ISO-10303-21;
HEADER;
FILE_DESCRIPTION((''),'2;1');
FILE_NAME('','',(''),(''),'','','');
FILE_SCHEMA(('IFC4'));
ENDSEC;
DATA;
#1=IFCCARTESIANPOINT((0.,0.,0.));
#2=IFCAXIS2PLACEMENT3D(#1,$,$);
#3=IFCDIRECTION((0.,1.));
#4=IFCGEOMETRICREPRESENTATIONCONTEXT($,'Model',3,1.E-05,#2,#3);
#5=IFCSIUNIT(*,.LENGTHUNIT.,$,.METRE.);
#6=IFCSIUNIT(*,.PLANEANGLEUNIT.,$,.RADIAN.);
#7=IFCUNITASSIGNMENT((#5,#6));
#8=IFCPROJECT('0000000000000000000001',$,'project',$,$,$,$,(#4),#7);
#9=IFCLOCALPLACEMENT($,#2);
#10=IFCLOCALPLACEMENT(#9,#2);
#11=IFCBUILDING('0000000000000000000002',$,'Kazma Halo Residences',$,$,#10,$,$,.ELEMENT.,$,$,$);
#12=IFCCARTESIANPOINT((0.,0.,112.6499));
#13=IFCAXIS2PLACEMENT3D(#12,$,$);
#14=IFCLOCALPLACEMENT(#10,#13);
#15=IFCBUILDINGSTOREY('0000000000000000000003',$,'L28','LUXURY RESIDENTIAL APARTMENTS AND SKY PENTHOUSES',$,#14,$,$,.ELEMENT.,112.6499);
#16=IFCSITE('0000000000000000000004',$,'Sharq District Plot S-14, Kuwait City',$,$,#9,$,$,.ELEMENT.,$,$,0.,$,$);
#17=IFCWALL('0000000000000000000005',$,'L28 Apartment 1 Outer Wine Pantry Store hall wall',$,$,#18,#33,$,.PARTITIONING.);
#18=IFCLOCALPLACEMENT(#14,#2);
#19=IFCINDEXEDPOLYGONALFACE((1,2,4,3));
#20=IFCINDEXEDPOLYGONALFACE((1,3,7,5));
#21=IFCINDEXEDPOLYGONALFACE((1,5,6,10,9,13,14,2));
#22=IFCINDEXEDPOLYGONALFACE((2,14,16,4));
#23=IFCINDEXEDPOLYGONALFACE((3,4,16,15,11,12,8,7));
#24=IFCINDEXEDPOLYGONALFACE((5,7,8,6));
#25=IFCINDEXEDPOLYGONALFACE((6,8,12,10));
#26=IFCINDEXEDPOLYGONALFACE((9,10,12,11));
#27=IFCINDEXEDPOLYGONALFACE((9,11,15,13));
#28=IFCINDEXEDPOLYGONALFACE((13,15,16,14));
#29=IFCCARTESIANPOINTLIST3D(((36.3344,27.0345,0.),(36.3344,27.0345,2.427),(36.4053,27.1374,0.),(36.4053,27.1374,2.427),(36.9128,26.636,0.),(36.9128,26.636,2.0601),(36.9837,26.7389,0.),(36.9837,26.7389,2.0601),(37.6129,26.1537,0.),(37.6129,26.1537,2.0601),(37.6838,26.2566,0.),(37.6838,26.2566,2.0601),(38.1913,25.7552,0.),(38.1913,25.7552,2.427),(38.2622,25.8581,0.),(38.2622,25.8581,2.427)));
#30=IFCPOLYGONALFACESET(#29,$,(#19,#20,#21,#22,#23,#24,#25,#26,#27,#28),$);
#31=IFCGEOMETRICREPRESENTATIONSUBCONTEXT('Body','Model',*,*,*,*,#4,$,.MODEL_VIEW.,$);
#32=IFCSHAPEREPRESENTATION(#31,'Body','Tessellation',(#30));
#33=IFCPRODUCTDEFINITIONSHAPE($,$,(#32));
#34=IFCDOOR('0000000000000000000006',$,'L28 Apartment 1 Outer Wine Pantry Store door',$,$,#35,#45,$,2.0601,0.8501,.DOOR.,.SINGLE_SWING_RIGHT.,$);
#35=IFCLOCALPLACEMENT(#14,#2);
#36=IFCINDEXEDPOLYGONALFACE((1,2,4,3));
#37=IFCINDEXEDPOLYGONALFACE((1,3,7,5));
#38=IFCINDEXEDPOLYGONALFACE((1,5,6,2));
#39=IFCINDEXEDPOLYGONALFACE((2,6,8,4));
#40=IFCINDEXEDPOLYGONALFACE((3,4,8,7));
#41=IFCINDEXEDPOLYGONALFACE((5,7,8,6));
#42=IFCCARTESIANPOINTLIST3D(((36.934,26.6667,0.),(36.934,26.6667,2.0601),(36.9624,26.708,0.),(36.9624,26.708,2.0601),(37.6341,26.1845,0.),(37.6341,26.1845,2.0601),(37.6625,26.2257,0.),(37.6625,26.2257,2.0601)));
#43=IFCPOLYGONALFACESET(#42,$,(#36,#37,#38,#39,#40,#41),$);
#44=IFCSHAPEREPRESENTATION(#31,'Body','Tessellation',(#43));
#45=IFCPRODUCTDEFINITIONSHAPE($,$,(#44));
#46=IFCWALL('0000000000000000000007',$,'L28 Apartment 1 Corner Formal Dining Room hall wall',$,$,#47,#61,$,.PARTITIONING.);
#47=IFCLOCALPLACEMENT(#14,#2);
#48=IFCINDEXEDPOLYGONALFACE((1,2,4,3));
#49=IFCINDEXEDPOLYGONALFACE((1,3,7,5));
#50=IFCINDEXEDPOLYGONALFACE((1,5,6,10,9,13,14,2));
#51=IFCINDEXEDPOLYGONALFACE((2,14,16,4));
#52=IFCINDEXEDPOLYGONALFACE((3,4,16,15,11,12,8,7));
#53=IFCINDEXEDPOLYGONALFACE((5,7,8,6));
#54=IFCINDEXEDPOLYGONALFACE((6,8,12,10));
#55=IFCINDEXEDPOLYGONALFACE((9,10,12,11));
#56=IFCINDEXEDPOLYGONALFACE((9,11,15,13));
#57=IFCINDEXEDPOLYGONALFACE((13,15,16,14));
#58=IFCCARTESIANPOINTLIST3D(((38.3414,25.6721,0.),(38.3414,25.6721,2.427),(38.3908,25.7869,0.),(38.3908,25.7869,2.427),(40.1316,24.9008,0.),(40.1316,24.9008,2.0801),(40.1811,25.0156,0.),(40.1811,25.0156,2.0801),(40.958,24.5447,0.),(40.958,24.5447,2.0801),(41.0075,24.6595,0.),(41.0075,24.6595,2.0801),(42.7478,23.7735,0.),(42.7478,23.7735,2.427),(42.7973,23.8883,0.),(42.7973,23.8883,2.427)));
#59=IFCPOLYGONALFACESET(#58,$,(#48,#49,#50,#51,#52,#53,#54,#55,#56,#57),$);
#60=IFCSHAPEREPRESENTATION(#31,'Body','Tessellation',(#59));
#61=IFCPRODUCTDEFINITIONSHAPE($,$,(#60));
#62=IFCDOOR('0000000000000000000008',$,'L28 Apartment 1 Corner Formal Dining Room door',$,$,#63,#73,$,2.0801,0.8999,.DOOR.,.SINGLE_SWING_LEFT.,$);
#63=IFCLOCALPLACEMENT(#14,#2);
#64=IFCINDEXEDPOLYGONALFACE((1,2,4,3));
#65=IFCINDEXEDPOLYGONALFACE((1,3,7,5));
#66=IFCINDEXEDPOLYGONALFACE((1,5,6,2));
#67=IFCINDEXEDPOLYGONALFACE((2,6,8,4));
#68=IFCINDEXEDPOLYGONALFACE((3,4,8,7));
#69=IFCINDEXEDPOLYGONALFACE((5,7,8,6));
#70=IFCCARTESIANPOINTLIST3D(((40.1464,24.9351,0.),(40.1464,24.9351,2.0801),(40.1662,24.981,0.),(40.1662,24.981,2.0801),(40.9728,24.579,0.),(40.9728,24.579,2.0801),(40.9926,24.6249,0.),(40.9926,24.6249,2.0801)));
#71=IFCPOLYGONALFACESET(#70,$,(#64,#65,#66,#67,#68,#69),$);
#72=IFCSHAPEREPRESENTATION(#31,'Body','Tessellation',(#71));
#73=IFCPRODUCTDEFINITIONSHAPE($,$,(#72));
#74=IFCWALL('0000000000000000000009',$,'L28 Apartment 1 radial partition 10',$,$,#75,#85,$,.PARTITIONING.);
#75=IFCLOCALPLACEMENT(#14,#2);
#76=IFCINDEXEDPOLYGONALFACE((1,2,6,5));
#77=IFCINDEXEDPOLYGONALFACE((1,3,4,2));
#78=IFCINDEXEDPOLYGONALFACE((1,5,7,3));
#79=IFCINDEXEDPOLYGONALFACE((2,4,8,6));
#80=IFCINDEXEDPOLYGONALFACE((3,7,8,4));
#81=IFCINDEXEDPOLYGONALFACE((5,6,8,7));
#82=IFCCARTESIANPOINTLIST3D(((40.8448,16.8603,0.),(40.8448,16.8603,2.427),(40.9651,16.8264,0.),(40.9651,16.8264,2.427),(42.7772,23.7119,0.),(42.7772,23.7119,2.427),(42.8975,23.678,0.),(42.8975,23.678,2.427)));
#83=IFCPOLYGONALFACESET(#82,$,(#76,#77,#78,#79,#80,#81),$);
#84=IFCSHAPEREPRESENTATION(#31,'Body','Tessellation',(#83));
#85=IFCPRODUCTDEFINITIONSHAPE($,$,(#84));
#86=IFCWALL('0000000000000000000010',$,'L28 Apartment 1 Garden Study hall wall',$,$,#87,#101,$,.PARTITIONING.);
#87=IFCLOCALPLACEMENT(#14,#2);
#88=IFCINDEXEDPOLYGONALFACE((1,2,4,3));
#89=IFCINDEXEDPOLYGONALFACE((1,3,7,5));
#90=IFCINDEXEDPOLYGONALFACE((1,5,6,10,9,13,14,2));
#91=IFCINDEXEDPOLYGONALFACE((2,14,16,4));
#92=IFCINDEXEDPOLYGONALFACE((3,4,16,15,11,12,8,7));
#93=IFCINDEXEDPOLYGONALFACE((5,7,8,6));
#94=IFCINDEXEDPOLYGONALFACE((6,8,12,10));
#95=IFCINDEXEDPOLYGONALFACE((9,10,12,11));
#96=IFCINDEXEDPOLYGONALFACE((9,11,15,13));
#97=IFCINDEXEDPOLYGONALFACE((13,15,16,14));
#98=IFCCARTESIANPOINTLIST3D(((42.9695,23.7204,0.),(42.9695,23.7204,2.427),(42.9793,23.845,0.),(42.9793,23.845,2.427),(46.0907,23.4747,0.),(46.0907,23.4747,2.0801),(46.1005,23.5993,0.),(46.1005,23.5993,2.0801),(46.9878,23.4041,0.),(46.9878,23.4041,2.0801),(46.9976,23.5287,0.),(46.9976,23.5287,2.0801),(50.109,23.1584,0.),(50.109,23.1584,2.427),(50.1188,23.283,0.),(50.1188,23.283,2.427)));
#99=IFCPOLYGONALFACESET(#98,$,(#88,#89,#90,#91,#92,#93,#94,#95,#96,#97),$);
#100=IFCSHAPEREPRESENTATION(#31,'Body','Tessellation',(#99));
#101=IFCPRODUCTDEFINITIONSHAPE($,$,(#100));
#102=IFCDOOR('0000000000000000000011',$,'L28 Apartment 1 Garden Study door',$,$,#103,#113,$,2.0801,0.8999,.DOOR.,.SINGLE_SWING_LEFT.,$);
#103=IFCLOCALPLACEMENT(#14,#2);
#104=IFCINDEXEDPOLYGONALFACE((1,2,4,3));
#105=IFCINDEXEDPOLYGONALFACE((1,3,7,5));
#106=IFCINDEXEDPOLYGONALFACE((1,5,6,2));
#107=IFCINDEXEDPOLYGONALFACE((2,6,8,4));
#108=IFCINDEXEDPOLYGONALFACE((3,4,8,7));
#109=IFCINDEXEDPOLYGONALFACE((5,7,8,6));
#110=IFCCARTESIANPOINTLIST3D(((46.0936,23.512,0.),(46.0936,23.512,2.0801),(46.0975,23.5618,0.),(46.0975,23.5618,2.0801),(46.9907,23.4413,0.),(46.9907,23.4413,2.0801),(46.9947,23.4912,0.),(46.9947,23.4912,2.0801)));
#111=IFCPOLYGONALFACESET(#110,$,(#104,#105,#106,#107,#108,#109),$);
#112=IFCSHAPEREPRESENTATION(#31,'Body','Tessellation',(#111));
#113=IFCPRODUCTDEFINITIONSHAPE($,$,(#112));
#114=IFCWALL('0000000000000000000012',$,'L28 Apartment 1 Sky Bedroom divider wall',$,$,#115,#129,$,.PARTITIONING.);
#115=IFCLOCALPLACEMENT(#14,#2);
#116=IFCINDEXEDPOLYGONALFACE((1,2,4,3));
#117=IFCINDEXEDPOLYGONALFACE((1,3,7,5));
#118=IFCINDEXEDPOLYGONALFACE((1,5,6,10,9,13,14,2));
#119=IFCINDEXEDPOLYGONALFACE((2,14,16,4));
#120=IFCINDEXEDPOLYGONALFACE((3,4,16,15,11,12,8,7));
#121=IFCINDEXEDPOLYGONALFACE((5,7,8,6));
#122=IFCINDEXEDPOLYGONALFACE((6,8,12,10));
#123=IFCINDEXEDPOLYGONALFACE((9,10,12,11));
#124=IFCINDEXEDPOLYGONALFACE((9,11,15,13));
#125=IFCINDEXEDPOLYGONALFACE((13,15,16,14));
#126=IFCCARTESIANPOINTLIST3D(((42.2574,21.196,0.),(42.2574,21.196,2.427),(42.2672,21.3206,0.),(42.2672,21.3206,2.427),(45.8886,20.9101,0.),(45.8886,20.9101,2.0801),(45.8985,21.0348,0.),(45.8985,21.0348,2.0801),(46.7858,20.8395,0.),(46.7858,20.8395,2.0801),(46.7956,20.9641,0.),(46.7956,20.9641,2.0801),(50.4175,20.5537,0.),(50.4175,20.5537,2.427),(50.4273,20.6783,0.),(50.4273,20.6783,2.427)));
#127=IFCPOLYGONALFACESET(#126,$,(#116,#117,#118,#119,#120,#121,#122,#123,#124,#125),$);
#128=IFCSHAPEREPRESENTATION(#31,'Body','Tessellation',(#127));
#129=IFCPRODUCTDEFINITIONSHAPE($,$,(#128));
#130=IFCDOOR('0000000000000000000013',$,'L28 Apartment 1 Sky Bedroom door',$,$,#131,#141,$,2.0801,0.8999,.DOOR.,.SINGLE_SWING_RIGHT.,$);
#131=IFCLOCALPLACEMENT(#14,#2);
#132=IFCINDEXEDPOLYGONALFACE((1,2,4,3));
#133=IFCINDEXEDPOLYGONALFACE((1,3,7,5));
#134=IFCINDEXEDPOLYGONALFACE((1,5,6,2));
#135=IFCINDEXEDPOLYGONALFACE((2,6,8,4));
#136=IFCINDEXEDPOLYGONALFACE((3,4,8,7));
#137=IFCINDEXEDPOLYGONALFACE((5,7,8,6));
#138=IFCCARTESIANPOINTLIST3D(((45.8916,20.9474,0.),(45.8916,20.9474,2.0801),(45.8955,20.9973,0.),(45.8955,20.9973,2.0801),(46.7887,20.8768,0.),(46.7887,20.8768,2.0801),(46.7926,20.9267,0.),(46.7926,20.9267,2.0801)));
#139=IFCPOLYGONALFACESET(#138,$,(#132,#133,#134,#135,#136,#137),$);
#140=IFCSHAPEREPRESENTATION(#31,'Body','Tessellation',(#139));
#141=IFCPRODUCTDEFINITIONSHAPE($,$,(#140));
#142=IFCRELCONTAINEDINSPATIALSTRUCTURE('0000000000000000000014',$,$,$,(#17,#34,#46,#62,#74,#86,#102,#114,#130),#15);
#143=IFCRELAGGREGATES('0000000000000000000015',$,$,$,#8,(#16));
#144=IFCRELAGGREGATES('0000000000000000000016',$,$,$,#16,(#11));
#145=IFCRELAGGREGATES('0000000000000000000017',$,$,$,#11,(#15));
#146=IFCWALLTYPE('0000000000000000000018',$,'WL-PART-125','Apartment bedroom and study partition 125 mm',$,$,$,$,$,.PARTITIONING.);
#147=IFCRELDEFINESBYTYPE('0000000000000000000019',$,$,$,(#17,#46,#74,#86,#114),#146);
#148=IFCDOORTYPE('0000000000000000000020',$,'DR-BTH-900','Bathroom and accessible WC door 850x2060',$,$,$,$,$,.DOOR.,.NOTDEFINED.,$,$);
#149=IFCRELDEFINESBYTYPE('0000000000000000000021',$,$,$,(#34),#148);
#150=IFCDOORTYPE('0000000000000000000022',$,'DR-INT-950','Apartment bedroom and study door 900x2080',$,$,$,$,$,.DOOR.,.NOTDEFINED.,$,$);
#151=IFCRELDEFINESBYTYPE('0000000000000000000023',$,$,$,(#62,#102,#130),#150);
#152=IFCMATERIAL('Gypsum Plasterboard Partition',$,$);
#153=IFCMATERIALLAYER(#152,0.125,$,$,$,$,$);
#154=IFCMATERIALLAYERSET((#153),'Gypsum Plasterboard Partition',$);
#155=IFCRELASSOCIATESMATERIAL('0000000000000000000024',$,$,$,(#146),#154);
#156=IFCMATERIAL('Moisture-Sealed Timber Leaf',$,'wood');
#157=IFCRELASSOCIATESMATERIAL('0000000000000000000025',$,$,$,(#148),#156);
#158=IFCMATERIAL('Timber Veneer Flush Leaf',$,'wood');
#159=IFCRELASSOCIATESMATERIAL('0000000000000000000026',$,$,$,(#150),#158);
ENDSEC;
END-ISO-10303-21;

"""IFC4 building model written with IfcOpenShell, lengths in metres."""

from ifc_helpers import new_model, si_unit, direction, frame, frame_2d, origin, place, context, subcontext, project, spatial, rectangle, extrude, material, layer, layer_set, type_object, element, fill, save


model = new_model("IFC4")

# Units and contexts
model_context = context("Model", 3, precision=1e-05, world=origin(), true_north=direction((0.0, 1.0)))
body_context = subcontext(model_context, "Body", "Model", "MODEL_VIEW")
ifc_project = project(units=[si_unit("LENGTHUNIT", "METRE"), si_unit("PLANEANGLEUNIT", "RADIAN")], contexts=[model_context])

# Site, building, storey
site_placement = place(None, origin())
site = spatial("IfcSite", under=ifc_project, at=site_placement, Name="Sharq District Plot S-14, Kuwait City", CompositionType="ELEMENT", RefElevation=0.0)
building_placement = place(site_placement, origin())
building = spatial("IfcBuilding", under=site, at=building_placement, Name="Kazma Halo Residences", CompositionType="ELEMENT")
storey_placement = place(building_placement, frame((0.0, 0.0, 112.6499)))
storey = spatial("IfcBuildingStorey", under=building, at=storey_placement, Name="L28", Description="LUXURY RESIDENTIAL APARTMENTS AND SKY PENTHOUSES", CompositionType="ELEMENT", Elevation=112.6499)

# Shared definitions
ifc_material_1 = material(Name="Gypsum Plasterboard Partition")
ifc_layer_1 = layer(ifc_material_1, 0.125)
ifc_layer_set_1 = layer_set([ifc_layer_1], Name="Gypsum Plasterboard Partition")
wall_type_1 = type_object("IfcWallType", Name="WL-PART-125", Description="Apartment bedroom and study partition 125 mm", PredefinedType="PARTITIONING", material=ifc_layer_set_1)
ifc_material_2 = material(Name="Moisture-Sealed Timber Leaf", Category="wood")
door_type_1 = type_object("IfcDoorType", Name="DR-BTH-900", Description="Bathroom and accessible WC door 850x2060", OperationType="NOTDEFINED", PredefinedType="DOOR", material=ifc_material_2)

# Walls, openings, doors
wall_1_placement = place(storey_placement, frame((36.3699, 27.0859, 0.0), z_axis=(0.0, 0.0, 1.0), x_axis=(0.823492, -0.567328, 0.0)))
wall_1 = element("IfcWall", 1, at=wall_1_placement, inside=storey, type_object=wall_type_1, Name="L28 Apartment 1 Outer Wine Pantry Store hall wall", PredefinedType="PARTITIONING", context=body_context, shape_type="SweptSolid", body=[
    extrude(rectangle(XDim=2.2549, YDim=0.125, at=frame_2d((1.1274, 0.0))), origin(), (0.0, 0.0, 1.0), 2.427),
])
opening_1_placement = place(wall_1_placement, frame((0.7024, 0.0, 0.0)))
opening_1 = element("IfcOpeningElement", 2, at=opening_1_placement, cuts=wall_1, PredefinedType="OPENING", context=body_context, shape_type="SweptSolid", body=[
    extrude(rectangle(XDim=0.8501, YDim=2.0601, at=frame_2d((0.425, 1.03))), frame((0.0, 0.0725, 0.0), z_axis=(0.0, -1.0, 0.0), x_axis=(1.0, 0.0, 0.0)), (0.0, 0.0, 1.0), 0.145),
])
door_1_placement = place(opening_1_placement, origin())
door_1 = element("IfcDoor", 3, at=door_1_placement, inside=storey, type_object=door_type_1, Name="L28 Apartment 1 Outer Wine Pantry Store door", OperationType="SINGLE_SWING_RIGHT", OverallHeight=2.0601, OverallWidth=0.8501, PredefinedType="DOOR", context=body_context, shape_type="SweptSolid", body=[
    extrude(rectangle(XDim=0.8501, YDim=2.0601, at=frame_2d((0.425, 1.03))), frame((0.0, 0.0249, 0.0), z_axis=(0.0, -1.0, 0.0), x_axis=(1.0, 0.0, 0.0)), (0.0, 0.0, 1.0), 0.05),
])
fill(opening_1, door_1)
wall_2_placement = place(storey_placement, frame((38.3662, 25.7295, 0.0), z_axis=(0.0, 0.0, 1.0), x_axis=(0.918375, -0.395712, 0.0)))
wall_2 = element("IfcWall", 4, at=wall_2_placement, inside=storey, type_object=wall_type_1, Name="L28 Apartment 1 Corner Formal Dining Room hall wall", PredefinedType="PARTITIONING", context=body_context, shape_type="SweptSolid", body=[
    extrude(rectangle(XDim=4.7981, YDim=0.125, at=frame_2d((2.3989, 0.0))), origin(), (0.0, 0.0, 1.0), 2.427),
])
opening_2_placement = place(wall_2_placement, frame((1.9492, 0.0, 0.0)))
opening_2 = element("IfcOpeningElement", 5, at=opening_2_placement, cuts=wall_2, PredefinedType="OPENING", context=body_context, shape_type="SweptSolid", body=[
    extrude(rectangle(XDim=0.8999, YDim=2.0801, at=frame_2d((0.45, 1.04))), frame((0.0, 0.0725, 0.0), z_axis=(0.0, -1.0, 0.0), x_axis=(1.0, 0.0, 0.0)), (0.0, 0.0, 1.0), 0.145),
])
ifc_material_3 = material(Name="Timber Veneer Flush Leaf", Category="wood")
door_type_2 = type_object("IfcDoorType", Name="DR-INT-950", Description="Apartment bedroom and study door 900x2080", OperationType="NOTDEFINED", PredefinedType="DOOR", material=ifc_material_3)
door_2_placement = place(opening_2_placement, origin())
door_2 = element("IfcDoor", 6, at=door_2_placement, inside=storey, type_object=door_type_2, Name="L28 Apartment 1 Corner Formal Dining Room door", OperationType="SINGLE_SWING_LEFT", OverallHeight=2.0801, OverallWidth=0.8999, PredefinedType="DOOR", context=body_context, shape_type="SweptSolid", body=[
    extrude(rectangle(XDim=0.8999, YDim=2.0801, at=frame_2d((0.45, 1.04))), frame((0.0, 0.0249, 0.0), z_axis=(0.0, -1.0, 0.0), x_axis=(1.0, 0.0, 0.0)), (0.0, 0.0, 1.0), 0.05),
])
fill(opening_2, door_2)

# Wall
wall_3_placement = place(storey_placement, frame((42.8374, 23.6951, 0.0), z_axis=(0.0, 0.0, 1.0), x_axis=(-0.271445, -0.962454, 0.0)))
element("IfcWall", 7, at=wall_3_placement, inside=storey, type_object=wall_type_1, Name="L28 Apartment 1 radial partition 10", PredefinedType="PARTITIONING", context=body_context, shape_type="SweptSolid", body=[
    extrude(rectangle(XDim=7.1189, YDim=0.125, at=frame_2d((3.5596, 0.0))), origin(), (0.0, 0.0, 1.0), 2.427),
])

# Walls, openings, doors
wall_4_placement = place(storey_placement, frame((42.9744, 23.7827, 0.0), z_axis=(0.0, 0.0, 1.0), x_axis=(0.996916, -0.078474, 0.0)))
wall_4 = element("IfcWall", 8, at=wall_4_placement, inside=storey, type_object=wall_type_1, Name="L28 Apartment 1 Garden Study hall wall", PredefinedType="PARTITIONING", context=body_context, shape_type="SweptSolid", body=[
    extrude(rectangle(XDim=7.1616, YDim=0.125, at=frame_2d((3.5808, 0.0))), origin(), (0.0, 0.0, 1.0), 2.427),
])
opening_3_placement = place(wall_4_placement, frame((3.1309, 0.0, 0.0)))
opening_3 = element("IfcOpeningElement", 9, at=opening_3_placement, cuts=wall_4, PredefinedType="OPENING", context=body_context, shape_type="SweptSolid", body=[
    extrude(rectangle(XDim=0.8999, YDim=2.0801, at=frame_2d((0.45, 1.04))), frame((0.0, 0.0725, 0.0), z_axis=(0.0, -1.0, 0.0), x_axis=(1.0, 0.0, 0.0)), (0.0, 0.0, 1.0), 0.145),
])
door_3_placement = place(opening_3_placement, origin())
door_3 = element("IfcDoor", 10, at=door_3_placement, inside=storey, type_object=door_type_2, Name="L28 Apartment 1 Garden Study door", OperationType="SINGLE_SWING_LEFT", OverallHeight=2.0801, OverallWidth=0.8999, PredefinedType="DOOR", context=body_context, shape_type="SweptSolid", body=[
    extrude(rectangle(XDim=0.8999, YDim=2.0801, at=frame_2d((0.45, 1.04))), frame((0.0, 0.0249, 0.0), z_axis=(0.0, -1.0, 0.0), x_axis=(1.0, 0.0, 0.0)), (0.0, 0.0, 1.0), 0.05),
])
fill(opening_3, door_3)
wall_5_placement = place(storey_placement, frame((42.2622, 21.2583, 0.0), z_axis=(0.0, 0.0, 1.0), x_axis=(0.996916, -0.078473, 0.0)))
wall_5 = element("IfcWall", 11, at=wall_5_placement, inside=storey, type_object=wall_type_1, Name="L28 Apartment 1 Sky Bedroom divider wall", PredefinedType="PARTITIONING", context=body_context, shape_type="SweptSolid", body=[
    extrude(rectangle(XDim=8.1853, YDim=0.125, at=frame_2d((4.0928, 0.0))), origin(), (0.0, 0.0, 1.0), 2.427),
])
opening_4_placement = place(wall_5_placement, frame((3.6426, 0.0, 0.0)))
opening_4 = element("IfcOpeningElement", 12, at=opening_4_placement, cuts=wall_5, PredefinedType="OPENING", context=body_context, shape_type="SweptSolid", body=[
    extrude(rectangle(XDim=0.8999, YDim=2.0801, at=frame_2d((0.45, 1.04))), frame((0.0, 0.0725, 0.0), z_axis=(0.0, -1.0, 0.0), x_axis=(1.0, 0.0, 0.0)), (0.0, 0.0, 1.0), 0.145),
])
door_4_placement = place(opening_4_placement, origin())
door_4 = element("IfcDoor", 13, at=door_4_placement, inside=storey, type_object=door_type_2, Name="L28 Apartment 1 Sky Bedroom door", OperationType="SINGLE_SWING_RIGHT", OverallHeight=2.0801, OverallWidth=0.8999, PredefinedType="DOOR", context=body_context, shape_type="SweptSolid", body=[
    extrude(rectangle(XDim=0.8999, YDim=2.0801, at=frame_2d((0.45, 1.04))), frame((0.0, 0.0249, 0.0), z_axis=(0.0, -1.0, 0.0), x_axis=(1.0, 0.0, 0.0)), (0.0, 0.0, 1.0), 0.05),
])
fill(opening_4, door_4)

save(model, "model.ifc")
